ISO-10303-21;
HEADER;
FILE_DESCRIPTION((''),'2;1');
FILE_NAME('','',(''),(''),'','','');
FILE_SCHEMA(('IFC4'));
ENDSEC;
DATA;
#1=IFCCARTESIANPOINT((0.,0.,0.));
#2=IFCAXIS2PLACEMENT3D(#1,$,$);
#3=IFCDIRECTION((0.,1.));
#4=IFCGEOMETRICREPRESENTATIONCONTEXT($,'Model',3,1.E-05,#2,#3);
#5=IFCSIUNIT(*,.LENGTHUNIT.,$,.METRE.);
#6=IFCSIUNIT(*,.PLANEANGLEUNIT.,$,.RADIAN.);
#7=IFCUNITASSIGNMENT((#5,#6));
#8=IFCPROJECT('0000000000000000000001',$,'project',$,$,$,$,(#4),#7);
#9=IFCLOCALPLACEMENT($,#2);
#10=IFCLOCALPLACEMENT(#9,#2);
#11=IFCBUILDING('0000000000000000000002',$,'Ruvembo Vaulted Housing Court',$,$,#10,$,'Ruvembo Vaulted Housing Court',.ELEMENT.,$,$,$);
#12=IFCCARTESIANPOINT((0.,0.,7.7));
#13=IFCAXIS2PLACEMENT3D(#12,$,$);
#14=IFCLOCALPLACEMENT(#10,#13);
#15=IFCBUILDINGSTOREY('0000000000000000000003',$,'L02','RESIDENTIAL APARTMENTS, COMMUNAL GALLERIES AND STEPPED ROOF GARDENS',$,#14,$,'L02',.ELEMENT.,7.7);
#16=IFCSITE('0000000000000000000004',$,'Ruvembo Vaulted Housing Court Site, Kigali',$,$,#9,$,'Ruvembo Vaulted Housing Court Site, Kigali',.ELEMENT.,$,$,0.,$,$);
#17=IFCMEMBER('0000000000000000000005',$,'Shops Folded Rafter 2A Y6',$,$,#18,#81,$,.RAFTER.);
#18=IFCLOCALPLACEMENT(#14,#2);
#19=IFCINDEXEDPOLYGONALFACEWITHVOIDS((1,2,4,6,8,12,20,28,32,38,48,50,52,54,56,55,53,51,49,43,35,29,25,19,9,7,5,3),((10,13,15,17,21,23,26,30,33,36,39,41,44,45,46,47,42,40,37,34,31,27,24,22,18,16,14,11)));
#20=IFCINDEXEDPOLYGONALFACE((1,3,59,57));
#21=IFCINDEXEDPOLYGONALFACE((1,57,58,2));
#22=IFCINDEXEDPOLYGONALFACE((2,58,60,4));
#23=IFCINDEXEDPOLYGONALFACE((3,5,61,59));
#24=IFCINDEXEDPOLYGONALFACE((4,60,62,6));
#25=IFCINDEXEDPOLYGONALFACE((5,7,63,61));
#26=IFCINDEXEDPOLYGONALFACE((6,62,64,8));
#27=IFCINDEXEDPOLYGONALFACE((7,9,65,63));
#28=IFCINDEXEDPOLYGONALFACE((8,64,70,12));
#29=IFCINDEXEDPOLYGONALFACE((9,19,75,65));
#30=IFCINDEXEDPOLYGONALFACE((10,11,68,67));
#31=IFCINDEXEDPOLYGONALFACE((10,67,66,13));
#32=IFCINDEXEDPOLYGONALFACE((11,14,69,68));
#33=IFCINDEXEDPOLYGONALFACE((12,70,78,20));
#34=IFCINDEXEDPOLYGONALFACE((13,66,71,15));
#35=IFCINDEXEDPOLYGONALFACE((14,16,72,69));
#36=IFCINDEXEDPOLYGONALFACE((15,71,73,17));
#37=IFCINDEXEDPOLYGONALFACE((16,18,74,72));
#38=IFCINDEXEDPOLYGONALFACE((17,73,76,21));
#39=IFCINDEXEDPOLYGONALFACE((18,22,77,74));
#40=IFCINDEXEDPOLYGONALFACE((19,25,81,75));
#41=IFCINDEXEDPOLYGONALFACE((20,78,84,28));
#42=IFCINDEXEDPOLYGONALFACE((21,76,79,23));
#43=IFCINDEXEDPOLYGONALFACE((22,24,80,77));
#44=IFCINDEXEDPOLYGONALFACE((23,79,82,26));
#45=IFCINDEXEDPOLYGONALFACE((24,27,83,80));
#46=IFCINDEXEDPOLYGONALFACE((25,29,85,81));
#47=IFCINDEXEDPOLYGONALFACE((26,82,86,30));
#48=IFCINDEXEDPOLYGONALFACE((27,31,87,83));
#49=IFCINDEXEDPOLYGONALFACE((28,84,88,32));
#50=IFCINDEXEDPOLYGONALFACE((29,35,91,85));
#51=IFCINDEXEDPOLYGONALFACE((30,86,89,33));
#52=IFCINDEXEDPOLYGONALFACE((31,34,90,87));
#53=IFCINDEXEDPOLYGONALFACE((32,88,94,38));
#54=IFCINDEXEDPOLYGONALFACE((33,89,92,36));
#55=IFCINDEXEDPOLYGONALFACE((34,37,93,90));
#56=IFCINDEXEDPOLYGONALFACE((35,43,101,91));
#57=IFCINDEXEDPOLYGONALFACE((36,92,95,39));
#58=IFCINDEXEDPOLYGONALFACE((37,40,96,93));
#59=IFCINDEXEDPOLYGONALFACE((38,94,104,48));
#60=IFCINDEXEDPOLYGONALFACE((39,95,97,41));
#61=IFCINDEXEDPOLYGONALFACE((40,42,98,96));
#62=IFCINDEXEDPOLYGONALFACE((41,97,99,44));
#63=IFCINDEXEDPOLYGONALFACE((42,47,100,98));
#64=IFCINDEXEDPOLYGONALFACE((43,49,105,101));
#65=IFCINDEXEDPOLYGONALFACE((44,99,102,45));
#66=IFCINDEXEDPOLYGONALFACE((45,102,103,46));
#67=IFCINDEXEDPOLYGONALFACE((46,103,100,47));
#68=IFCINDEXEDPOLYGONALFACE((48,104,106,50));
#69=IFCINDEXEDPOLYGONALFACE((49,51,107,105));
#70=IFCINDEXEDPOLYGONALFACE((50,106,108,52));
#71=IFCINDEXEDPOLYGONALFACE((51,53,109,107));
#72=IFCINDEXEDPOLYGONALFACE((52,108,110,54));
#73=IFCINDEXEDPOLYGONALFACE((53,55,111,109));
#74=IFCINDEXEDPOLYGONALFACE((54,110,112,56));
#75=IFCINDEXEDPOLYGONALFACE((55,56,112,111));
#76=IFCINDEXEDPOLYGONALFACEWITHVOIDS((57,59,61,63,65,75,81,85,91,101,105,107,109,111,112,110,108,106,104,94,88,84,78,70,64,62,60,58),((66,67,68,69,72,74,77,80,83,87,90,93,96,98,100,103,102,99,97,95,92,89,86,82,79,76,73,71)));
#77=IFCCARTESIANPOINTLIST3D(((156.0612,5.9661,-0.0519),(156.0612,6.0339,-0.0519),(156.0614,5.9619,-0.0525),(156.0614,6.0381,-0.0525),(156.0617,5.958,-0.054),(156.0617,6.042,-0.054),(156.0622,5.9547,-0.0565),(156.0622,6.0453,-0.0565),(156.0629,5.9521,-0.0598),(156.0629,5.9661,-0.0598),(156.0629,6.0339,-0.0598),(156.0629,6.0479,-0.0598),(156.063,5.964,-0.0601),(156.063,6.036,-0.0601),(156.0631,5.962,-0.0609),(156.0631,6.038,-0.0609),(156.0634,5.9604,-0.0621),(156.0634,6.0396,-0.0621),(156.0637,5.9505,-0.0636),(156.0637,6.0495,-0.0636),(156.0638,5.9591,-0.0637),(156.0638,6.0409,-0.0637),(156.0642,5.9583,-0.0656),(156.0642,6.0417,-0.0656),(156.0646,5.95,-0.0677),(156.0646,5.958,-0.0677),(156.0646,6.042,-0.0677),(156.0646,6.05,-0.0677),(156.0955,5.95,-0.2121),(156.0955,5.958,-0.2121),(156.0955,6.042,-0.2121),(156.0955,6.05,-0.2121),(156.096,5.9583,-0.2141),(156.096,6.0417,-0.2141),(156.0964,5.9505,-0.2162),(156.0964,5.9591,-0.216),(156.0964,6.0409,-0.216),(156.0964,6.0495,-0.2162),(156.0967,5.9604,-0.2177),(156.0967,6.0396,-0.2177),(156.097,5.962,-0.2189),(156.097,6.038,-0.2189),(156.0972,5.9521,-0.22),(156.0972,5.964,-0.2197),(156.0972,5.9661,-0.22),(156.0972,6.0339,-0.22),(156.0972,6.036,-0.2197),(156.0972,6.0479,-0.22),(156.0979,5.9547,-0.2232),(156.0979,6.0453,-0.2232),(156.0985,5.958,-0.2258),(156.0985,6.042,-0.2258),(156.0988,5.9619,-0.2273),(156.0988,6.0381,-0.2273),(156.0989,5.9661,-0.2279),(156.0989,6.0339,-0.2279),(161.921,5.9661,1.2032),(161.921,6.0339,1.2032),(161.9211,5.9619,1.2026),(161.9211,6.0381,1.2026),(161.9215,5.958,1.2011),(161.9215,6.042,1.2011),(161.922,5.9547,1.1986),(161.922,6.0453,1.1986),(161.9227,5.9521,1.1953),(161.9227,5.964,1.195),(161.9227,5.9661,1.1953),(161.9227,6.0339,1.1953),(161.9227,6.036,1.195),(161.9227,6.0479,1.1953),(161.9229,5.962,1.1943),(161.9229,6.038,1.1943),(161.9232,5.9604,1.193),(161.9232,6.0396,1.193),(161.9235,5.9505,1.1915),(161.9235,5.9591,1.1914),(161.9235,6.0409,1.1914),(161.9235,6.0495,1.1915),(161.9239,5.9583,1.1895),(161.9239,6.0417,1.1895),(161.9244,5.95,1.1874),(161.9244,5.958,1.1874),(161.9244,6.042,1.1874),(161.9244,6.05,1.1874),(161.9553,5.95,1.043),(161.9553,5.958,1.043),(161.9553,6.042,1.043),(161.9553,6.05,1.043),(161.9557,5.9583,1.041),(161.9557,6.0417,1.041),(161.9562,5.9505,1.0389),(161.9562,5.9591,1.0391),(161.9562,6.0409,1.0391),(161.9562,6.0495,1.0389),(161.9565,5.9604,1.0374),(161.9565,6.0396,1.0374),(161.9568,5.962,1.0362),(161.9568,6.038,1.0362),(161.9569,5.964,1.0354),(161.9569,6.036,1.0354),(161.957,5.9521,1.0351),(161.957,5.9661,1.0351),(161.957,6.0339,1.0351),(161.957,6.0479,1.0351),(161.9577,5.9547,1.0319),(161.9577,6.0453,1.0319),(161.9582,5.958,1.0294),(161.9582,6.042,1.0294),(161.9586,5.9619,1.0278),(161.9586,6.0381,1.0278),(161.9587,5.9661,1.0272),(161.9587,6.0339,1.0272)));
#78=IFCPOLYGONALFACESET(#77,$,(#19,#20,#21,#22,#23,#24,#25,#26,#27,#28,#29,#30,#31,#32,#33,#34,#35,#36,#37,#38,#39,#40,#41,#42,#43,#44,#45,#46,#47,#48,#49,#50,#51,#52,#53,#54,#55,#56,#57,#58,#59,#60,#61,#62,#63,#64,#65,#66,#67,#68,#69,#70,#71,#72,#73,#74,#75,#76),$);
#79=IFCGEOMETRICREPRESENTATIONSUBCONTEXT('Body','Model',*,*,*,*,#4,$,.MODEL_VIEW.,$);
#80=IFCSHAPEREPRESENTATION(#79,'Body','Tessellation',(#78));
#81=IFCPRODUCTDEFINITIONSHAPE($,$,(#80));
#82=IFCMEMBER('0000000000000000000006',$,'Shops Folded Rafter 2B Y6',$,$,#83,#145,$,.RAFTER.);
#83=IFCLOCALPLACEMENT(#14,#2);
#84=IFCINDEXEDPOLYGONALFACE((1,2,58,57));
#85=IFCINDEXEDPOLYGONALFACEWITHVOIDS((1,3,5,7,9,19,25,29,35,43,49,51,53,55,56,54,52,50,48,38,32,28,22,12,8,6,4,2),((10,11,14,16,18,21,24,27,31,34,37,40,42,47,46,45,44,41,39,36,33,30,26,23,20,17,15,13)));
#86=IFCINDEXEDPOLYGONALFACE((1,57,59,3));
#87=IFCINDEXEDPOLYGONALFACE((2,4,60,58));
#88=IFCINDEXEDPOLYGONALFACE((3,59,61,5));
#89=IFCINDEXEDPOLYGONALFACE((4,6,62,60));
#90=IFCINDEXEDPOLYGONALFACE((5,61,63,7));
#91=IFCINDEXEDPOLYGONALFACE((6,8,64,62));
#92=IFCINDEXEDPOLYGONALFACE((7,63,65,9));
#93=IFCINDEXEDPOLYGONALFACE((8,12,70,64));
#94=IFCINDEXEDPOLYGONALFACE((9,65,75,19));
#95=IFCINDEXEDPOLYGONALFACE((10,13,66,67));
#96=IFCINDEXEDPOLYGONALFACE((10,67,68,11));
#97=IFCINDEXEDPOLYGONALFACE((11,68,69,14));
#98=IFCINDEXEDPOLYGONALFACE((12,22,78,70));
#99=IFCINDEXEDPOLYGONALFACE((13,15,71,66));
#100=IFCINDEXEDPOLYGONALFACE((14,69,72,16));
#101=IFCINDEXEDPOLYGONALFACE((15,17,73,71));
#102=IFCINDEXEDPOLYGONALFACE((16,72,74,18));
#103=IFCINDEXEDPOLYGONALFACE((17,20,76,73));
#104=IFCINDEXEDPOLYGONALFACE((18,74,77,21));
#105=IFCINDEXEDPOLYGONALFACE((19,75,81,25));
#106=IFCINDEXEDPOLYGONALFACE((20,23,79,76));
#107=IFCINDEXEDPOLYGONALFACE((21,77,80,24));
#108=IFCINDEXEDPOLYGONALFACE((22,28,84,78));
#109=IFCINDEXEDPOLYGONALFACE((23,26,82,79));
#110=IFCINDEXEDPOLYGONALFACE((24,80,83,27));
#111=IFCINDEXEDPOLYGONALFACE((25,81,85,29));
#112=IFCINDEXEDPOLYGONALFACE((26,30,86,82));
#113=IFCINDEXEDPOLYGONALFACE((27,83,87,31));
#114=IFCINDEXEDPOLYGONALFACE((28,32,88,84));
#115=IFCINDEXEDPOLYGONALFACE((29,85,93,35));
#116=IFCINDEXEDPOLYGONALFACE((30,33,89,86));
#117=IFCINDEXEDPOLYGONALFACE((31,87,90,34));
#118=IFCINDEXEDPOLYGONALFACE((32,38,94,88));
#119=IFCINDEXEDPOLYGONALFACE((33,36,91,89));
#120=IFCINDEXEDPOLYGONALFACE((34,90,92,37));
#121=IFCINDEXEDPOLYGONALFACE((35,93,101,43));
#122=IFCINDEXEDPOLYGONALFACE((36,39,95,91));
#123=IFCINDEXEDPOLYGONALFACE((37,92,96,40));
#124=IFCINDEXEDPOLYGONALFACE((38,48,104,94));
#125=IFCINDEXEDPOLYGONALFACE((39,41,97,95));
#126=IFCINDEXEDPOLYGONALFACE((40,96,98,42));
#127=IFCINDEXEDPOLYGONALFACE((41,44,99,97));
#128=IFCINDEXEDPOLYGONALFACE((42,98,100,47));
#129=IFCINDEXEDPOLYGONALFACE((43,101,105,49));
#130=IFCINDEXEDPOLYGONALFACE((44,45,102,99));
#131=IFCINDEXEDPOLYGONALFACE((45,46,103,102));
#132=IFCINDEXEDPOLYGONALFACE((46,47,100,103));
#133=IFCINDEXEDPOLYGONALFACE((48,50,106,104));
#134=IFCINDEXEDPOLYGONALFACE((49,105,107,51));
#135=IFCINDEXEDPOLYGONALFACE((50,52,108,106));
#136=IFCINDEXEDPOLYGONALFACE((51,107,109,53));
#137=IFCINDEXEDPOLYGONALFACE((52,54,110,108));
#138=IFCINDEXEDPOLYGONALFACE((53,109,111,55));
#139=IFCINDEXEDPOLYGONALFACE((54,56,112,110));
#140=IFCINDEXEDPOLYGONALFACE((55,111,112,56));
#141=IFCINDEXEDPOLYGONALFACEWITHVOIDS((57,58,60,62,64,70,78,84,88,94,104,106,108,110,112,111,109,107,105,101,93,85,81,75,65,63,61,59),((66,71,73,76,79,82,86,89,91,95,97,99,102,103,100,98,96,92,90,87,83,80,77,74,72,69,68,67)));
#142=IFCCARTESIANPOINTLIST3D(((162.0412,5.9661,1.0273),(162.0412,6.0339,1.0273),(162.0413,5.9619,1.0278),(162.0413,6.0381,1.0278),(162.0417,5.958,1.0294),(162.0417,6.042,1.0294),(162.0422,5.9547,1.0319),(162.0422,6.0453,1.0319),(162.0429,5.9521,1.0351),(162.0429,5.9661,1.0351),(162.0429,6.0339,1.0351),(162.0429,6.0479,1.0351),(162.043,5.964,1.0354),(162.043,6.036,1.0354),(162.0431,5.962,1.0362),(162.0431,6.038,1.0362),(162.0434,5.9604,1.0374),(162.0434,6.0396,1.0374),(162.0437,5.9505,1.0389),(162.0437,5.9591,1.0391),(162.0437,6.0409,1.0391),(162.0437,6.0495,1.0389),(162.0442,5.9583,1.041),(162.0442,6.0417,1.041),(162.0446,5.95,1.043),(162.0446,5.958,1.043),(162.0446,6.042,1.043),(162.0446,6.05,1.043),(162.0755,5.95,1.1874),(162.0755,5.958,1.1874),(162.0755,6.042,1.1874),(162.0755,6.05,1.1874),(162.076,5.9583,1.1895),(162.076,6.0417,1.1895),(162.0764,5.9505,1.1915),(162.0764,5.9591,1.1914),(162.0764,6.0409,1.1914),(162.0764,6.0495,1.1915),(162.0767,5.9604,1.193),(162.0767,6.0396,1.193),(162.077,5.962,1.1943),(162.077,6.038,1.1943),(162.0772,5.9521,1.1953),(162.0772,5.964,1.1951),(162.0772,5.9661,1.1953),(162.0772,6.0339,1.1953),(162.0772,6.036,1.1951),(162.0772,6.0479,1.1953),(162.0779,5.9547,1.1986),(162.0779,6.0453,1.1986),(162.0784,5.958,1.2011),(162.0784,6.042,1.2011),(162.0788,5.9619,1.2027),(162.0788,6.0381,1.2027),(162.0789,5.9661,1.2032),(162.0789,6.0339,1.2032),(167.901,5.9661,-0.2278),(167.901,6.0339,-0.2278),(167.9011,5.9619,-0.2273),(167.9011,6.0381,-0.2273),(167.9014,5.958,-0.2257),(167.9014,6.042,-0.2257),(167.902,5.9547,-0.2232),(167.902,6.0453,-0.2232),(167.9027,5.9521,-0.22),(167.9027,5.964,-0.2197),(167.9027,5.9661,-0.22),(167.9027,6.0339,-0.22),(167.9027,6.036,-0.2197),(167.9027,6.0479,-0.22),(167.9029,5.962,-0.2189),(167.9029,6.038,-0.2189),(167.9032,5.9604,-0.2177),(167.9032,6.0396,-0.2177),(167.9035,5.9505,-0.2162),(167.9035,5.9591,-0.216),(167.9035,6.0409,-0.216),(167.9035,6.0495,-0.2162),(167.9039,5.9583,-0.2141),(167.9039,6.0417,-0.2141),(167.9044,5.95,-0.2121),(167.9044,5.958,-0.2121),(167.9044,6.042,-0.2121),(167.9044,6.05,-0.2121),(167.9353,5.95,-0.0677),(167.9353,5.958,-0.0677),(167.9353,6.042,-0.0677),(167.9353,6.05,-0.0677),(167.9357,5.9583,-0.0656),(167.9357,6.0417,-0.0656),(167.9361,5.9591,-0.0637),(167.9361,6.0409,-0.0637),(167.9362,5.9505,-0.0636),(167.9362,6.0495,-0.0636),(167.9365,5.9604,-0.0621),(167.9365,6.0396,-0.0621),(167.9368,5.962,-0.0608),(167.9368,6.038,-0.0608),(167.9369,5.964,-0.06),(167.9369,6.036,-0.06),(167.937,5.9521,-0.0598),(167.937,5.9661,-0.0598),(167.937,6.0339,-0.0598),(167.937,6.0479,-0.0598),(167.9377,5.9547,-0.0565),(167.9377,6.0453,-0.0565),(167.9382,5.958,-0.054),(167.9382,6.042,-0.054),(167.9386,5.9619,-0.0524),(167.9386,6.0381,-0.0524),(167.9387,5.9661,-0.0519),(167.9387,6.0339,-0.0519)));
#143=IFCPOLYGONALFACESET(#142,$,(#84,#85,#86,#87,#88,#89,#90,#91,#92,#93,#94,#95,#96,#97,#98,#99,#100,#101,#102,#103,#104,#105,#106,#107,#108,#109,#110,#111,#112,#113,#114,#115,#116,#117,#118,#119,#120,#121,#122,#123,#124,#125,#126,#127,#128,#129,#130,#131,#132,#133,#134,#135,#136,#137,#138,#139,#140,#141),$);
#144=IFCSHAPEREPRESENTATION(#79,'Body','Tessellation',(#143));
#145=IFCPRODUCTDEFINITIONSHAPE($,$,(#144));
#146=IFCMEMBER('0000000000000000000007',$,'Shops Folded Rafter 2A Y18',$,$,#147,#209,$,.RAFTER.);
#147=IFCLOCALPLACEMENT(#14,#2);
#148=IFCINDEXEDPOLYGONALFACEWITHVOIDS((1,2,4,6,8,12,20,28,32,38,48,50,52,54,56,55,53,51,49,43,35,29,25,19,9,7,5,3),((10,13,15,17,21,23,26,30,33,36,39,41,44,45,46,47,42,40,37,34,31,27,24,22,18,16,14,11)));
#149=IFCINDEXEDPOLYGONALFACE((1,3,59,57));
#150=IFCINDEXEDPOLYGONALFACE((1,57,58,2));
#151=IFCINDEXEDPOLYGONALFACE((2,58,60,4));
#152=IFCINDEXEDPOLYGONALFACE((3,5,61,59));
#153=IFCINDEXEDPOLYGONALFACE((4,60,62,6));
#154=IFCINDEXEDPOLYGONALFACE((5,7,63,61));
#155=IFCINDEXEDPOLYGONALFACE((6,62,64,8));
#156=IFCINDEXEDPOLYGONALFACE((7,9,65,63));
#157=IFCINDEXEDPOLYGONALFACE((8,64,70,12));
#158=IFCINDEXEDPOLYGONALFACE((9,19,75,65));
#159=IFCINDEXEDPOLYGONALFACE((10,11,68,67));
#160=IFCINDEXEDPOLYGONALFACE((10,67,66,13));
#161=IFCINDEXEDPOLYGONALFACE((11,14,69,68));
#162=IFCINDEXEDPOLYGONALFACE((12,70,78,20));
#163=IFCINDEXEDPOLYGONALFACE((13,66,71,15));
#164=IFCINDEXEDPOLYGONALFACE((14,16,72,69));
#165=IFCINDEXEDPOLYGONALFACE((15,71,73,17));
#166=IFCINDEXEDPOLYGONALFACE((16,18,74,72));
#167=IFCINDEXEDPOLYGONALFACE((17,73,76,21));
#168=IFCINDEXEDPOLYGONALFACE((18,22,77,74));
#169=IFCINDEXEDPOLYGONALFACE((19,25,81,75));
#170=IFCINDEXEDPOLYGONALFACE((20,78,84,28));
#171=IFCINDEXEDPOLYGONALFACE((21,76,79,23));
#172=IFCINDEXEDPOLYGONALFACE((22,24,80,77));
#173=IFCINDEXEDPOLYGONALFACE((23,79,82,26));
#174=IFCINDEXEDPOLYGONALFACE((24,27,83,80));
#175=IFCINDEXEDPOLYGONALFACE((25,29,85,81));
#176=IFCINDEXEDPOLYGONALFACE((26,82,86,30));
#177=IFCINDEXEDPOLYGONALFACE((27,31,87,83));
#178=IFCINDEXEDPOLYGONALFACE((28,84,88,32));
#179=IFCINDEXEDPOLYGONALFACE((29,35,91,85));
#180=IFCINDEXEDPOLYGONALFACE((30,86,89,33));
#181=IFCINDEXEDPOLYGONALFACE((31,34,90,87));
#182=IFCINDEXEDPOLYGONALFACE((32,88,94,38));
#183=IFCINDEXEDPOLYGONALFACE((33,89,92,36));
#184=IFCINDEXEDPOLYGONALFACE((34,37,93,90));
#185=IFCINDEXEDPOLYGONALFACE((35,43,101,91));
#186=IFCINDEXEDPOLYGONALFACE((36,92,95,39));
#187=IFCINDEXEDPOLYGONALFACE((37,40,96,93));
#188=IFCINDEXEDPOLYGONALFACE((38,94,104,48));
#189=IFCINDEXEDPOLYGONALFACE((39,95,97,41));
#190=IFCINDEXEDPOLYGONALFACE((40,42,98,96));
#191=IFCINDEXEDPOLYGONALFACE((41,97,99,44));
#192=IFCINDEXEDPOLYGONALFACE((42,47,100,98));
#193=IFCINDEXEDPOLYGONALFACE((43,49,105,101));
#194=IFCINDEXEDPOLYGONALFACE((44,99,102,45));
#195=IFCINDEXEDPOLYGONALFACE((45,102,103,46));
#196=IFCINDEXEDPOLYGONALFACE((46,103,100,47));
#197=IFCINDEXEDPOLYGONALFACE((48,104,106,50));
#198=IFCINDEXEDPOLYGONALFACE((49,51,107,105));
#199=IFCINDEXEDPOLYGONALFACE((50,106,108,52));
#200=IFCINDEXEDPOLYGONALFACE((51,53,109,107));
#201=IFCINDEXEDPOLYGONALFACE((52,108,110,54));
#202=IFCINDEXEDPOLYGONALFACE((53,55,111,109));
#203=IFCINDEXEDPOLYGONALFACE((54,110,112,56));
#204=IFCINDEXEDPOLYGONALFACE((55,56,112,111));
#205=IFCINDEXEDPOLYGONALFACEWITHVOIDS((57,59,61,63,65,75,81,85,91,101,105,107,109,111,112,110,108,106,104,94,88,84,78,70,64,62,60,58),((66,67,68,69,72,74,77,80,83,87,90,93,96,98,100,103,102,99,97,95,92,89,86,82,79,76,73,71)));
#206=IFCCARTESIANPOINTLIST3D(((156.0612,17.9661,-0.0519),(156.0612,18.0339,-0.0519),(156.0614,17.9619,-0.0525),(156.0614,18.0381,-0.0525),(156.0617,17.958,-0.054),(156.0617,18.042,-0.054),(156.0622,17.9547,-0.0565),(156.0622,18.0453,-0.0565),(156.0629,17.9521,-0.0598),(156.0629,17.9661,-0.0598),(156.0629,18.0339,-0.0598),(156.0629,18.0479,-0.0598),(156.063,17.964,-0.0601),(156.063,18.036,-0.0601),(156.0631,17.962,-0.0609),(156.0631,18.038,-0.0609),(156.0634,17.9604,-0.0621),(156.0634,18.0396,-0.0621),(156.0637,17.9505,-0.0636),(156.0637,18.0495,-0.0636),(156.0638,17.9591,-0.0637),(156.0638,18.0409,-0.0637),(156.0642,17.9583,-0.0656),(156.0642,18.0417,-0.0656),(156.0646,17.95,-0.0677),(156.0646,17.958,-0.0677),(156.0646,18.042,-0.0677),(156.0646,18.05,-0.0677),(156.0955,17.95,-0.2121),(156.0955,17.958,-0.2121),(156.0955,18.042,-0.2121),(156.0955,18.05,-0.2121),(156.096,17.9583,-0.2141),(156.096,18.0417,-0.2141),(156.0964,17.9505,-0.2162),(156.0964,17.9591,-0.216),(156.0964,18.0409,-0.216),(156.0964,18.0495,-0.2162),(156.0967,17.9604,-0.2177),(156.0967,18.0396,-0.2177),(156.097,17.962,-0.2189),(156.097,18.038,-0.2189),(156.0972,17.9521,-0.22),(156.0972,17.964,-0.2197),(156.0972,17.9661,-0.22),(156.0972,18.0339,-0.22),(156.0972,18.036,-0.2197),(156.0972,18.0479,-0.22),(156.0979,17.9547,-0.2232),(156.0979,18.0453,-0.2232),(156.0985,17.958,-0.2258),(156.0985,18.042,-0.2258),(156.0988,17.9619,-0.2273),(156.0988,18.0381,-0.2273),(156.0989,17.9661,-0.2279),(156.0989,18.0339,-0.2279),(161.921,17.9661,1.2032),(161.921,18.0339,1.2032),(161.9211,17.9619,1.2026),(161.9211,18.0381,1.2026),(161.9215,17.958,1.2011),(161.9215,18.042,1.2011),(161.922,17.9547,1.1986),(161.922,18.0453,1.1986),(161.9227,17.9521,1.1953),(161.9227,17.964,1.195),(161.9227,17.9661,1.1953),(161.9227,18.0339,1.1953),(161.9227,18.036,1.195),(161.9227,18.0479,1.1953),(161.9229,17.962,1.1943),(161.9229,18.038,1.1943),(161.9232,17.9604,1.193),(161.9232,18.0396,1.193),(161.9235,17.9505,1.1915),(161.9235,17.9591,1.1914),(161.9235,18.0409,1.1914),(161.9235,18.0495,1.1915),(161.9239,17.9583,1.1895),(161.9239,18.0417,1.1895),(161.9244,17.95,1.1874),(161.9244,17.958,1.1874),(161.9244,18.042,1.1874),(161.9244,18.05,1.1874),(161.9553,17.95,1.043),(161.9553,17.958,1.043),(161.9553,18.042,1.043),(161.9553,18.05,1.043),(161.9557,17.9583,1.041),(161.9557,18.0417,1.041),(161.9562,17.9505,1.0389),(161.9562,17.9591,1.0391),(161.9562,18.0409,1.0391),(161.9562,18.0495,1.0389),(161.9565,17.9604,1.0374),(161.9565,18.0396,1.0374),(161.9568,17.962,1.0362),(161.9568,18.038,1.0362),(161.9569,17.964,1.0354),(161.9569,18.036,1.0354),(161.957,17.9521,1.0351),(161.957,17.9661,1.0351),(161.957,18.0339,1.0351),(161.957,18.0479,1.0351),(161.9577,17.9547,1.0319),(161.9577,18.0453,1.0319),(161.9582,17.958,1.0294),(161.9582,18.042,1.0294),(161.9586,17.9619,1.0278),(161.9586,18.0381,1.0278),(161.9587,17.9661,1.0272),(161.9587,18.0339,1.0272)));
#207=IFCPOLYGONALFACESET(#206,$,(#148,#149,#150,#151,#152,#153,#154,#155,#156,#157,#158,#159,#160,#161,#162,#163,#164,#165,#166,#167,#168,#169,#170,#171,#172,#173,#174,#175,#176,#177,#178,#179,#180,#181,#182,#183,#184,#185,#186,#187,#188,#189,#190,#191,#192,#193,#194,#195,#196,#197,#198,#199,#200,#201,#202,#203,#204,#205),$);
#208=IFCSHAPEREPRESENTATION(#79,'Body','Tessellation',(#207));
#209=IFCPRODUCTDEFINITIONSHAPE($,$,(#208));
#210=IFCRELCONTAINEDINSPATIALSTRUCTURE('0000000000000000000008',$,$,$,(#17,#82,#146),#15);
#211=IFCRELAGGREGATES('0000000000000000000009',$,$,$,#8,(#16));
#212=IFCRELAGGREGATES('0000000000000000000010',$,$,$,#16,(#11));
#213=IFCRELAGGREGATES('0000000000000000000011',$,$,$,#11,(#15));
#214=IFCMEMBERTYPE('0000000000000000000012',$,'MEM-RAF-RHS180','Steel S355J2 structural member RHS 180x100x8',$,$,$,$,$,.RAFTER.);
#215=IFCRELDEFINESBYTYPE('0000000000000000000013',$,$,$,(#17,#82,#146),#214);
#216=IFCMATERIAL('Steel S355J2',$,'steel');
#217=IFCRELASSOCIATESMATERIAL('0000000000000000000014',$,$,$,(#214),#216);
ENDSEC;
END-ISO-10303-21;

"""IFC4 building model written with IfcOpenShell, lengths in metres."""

from ifc_helpers import new_model, si_unit, direction, frame, origin, origin_2d, place, context, subcontext, project, spatial, hollow_rectangle, extrude, material, material_profile, profile_set, type_object, element, save


model = new_model("IFC4")

# Units and contexts
model_context = context("Model", 3, precision=1e-05, world=origin(), true_north=direction((0.0, 1.0)))
body_context = subcontext(model_context, "Body", "Model", "MODEL_VIEW")
ifc_project = project(units=[si_unit("LENGTHUNIT", "METRE"), si_unit("PLANEANGLEUNIT", "RADIAN")], contexts=[model_context])

# Site, building, storey
site_placement = place(None, origin())
site = spatial("IfcSite", under=ifc_project, at=site_placement, Name="Ruvembo Vaulted Housing Court Site, Kigali", LongName="Ruvembo Vaulted Housing Court Site, Kigali", CompositionType="ELEMENT", RefElevation=0.0)
building_placement = place(site_placement, origin())
building = spatial("IfcBuilding", under=site, at=building_placement, Name="Ruvembo Vaulted Housing Court", LongName="Ruvembo Vaulted Housing Court", CompositionType="ELEMENT")
storey_placement = place(building_placement, frame((0.0, 0.0, 7.7)))
storey = spatial("IfcBuildingStorey", under=building, at=storey_placement, Name="L02", Description="RESIDENTIAL APARTMENTS, COMMUNAL GALLERIES AND STEPPED ROOF GARDENS", LongName="L02", CompositionType="ELEMENT", Elevation=7.7)

# Shared definitions
ifc_material_1 = material(Name="Steel S355J2", Category="steel")

# Members
ifc_material_profile_1 = material_profile(ifc_material_1, hollow_rectangle(XDim=0.1001, YDim=0.1799, WallThickness=0.0081, InnerFilletRadius=0.0081, OuterFilletRadius=0.0161, at=origin_2d()), Name="RHS 180x100x8")
ifc_profile_set_1 = profile_set([ifc_material_profile_1], Name="Steel S355J2")
member_type = type_object("IfcMemberType", Name="MEM-RAF-RHS180", Description="Steel S355J2 structural member RHS 180x100x8", PredefinedType="RAFTER", material=ifc_profile_set_1)
for number, where, z_axis, x_axis, name in (
    (1, (156.0801, 6.0, -0.1399), (0.977821, 0.0, 0.20944), (0.0, 1.0, 0.0), "Shops Folded Rafter 2A Y6"),
    (2, (162.0601, 6.0, 1.1152), (0.977821, 0.0, -0.20944), (0.0, 1.0, 0.0), "Shops Folded Rafter 2B Y6"),
    (3, (156.0801, 18.0, -0.1399), (0.977821, 0.0, 0.20944), (0.0, 1.0, 0.0), "Shops Folded Rafter 2A Y18"),
):
    element("IfcMember", number, at=place(storey_placement, frame(where, z_axis=z_axis, x_axis=x_axis)), inside=storey, type_object=member_type, Name=name, PredefinedType="RAFTER", context=body_context, shape_type="SweptSolid", body=[
        extrude(hollow_rectangle(XDim=0.1001, YDim=0.1799, WallThickness=0.0081, InnerFilletRadius=0.0081, OuterFilletRadius=0.0161, at=origin_2d()), origin(), (0.0, 0.0, 1.0), 5.9927),
    ])

save(model, "model.ifc")
